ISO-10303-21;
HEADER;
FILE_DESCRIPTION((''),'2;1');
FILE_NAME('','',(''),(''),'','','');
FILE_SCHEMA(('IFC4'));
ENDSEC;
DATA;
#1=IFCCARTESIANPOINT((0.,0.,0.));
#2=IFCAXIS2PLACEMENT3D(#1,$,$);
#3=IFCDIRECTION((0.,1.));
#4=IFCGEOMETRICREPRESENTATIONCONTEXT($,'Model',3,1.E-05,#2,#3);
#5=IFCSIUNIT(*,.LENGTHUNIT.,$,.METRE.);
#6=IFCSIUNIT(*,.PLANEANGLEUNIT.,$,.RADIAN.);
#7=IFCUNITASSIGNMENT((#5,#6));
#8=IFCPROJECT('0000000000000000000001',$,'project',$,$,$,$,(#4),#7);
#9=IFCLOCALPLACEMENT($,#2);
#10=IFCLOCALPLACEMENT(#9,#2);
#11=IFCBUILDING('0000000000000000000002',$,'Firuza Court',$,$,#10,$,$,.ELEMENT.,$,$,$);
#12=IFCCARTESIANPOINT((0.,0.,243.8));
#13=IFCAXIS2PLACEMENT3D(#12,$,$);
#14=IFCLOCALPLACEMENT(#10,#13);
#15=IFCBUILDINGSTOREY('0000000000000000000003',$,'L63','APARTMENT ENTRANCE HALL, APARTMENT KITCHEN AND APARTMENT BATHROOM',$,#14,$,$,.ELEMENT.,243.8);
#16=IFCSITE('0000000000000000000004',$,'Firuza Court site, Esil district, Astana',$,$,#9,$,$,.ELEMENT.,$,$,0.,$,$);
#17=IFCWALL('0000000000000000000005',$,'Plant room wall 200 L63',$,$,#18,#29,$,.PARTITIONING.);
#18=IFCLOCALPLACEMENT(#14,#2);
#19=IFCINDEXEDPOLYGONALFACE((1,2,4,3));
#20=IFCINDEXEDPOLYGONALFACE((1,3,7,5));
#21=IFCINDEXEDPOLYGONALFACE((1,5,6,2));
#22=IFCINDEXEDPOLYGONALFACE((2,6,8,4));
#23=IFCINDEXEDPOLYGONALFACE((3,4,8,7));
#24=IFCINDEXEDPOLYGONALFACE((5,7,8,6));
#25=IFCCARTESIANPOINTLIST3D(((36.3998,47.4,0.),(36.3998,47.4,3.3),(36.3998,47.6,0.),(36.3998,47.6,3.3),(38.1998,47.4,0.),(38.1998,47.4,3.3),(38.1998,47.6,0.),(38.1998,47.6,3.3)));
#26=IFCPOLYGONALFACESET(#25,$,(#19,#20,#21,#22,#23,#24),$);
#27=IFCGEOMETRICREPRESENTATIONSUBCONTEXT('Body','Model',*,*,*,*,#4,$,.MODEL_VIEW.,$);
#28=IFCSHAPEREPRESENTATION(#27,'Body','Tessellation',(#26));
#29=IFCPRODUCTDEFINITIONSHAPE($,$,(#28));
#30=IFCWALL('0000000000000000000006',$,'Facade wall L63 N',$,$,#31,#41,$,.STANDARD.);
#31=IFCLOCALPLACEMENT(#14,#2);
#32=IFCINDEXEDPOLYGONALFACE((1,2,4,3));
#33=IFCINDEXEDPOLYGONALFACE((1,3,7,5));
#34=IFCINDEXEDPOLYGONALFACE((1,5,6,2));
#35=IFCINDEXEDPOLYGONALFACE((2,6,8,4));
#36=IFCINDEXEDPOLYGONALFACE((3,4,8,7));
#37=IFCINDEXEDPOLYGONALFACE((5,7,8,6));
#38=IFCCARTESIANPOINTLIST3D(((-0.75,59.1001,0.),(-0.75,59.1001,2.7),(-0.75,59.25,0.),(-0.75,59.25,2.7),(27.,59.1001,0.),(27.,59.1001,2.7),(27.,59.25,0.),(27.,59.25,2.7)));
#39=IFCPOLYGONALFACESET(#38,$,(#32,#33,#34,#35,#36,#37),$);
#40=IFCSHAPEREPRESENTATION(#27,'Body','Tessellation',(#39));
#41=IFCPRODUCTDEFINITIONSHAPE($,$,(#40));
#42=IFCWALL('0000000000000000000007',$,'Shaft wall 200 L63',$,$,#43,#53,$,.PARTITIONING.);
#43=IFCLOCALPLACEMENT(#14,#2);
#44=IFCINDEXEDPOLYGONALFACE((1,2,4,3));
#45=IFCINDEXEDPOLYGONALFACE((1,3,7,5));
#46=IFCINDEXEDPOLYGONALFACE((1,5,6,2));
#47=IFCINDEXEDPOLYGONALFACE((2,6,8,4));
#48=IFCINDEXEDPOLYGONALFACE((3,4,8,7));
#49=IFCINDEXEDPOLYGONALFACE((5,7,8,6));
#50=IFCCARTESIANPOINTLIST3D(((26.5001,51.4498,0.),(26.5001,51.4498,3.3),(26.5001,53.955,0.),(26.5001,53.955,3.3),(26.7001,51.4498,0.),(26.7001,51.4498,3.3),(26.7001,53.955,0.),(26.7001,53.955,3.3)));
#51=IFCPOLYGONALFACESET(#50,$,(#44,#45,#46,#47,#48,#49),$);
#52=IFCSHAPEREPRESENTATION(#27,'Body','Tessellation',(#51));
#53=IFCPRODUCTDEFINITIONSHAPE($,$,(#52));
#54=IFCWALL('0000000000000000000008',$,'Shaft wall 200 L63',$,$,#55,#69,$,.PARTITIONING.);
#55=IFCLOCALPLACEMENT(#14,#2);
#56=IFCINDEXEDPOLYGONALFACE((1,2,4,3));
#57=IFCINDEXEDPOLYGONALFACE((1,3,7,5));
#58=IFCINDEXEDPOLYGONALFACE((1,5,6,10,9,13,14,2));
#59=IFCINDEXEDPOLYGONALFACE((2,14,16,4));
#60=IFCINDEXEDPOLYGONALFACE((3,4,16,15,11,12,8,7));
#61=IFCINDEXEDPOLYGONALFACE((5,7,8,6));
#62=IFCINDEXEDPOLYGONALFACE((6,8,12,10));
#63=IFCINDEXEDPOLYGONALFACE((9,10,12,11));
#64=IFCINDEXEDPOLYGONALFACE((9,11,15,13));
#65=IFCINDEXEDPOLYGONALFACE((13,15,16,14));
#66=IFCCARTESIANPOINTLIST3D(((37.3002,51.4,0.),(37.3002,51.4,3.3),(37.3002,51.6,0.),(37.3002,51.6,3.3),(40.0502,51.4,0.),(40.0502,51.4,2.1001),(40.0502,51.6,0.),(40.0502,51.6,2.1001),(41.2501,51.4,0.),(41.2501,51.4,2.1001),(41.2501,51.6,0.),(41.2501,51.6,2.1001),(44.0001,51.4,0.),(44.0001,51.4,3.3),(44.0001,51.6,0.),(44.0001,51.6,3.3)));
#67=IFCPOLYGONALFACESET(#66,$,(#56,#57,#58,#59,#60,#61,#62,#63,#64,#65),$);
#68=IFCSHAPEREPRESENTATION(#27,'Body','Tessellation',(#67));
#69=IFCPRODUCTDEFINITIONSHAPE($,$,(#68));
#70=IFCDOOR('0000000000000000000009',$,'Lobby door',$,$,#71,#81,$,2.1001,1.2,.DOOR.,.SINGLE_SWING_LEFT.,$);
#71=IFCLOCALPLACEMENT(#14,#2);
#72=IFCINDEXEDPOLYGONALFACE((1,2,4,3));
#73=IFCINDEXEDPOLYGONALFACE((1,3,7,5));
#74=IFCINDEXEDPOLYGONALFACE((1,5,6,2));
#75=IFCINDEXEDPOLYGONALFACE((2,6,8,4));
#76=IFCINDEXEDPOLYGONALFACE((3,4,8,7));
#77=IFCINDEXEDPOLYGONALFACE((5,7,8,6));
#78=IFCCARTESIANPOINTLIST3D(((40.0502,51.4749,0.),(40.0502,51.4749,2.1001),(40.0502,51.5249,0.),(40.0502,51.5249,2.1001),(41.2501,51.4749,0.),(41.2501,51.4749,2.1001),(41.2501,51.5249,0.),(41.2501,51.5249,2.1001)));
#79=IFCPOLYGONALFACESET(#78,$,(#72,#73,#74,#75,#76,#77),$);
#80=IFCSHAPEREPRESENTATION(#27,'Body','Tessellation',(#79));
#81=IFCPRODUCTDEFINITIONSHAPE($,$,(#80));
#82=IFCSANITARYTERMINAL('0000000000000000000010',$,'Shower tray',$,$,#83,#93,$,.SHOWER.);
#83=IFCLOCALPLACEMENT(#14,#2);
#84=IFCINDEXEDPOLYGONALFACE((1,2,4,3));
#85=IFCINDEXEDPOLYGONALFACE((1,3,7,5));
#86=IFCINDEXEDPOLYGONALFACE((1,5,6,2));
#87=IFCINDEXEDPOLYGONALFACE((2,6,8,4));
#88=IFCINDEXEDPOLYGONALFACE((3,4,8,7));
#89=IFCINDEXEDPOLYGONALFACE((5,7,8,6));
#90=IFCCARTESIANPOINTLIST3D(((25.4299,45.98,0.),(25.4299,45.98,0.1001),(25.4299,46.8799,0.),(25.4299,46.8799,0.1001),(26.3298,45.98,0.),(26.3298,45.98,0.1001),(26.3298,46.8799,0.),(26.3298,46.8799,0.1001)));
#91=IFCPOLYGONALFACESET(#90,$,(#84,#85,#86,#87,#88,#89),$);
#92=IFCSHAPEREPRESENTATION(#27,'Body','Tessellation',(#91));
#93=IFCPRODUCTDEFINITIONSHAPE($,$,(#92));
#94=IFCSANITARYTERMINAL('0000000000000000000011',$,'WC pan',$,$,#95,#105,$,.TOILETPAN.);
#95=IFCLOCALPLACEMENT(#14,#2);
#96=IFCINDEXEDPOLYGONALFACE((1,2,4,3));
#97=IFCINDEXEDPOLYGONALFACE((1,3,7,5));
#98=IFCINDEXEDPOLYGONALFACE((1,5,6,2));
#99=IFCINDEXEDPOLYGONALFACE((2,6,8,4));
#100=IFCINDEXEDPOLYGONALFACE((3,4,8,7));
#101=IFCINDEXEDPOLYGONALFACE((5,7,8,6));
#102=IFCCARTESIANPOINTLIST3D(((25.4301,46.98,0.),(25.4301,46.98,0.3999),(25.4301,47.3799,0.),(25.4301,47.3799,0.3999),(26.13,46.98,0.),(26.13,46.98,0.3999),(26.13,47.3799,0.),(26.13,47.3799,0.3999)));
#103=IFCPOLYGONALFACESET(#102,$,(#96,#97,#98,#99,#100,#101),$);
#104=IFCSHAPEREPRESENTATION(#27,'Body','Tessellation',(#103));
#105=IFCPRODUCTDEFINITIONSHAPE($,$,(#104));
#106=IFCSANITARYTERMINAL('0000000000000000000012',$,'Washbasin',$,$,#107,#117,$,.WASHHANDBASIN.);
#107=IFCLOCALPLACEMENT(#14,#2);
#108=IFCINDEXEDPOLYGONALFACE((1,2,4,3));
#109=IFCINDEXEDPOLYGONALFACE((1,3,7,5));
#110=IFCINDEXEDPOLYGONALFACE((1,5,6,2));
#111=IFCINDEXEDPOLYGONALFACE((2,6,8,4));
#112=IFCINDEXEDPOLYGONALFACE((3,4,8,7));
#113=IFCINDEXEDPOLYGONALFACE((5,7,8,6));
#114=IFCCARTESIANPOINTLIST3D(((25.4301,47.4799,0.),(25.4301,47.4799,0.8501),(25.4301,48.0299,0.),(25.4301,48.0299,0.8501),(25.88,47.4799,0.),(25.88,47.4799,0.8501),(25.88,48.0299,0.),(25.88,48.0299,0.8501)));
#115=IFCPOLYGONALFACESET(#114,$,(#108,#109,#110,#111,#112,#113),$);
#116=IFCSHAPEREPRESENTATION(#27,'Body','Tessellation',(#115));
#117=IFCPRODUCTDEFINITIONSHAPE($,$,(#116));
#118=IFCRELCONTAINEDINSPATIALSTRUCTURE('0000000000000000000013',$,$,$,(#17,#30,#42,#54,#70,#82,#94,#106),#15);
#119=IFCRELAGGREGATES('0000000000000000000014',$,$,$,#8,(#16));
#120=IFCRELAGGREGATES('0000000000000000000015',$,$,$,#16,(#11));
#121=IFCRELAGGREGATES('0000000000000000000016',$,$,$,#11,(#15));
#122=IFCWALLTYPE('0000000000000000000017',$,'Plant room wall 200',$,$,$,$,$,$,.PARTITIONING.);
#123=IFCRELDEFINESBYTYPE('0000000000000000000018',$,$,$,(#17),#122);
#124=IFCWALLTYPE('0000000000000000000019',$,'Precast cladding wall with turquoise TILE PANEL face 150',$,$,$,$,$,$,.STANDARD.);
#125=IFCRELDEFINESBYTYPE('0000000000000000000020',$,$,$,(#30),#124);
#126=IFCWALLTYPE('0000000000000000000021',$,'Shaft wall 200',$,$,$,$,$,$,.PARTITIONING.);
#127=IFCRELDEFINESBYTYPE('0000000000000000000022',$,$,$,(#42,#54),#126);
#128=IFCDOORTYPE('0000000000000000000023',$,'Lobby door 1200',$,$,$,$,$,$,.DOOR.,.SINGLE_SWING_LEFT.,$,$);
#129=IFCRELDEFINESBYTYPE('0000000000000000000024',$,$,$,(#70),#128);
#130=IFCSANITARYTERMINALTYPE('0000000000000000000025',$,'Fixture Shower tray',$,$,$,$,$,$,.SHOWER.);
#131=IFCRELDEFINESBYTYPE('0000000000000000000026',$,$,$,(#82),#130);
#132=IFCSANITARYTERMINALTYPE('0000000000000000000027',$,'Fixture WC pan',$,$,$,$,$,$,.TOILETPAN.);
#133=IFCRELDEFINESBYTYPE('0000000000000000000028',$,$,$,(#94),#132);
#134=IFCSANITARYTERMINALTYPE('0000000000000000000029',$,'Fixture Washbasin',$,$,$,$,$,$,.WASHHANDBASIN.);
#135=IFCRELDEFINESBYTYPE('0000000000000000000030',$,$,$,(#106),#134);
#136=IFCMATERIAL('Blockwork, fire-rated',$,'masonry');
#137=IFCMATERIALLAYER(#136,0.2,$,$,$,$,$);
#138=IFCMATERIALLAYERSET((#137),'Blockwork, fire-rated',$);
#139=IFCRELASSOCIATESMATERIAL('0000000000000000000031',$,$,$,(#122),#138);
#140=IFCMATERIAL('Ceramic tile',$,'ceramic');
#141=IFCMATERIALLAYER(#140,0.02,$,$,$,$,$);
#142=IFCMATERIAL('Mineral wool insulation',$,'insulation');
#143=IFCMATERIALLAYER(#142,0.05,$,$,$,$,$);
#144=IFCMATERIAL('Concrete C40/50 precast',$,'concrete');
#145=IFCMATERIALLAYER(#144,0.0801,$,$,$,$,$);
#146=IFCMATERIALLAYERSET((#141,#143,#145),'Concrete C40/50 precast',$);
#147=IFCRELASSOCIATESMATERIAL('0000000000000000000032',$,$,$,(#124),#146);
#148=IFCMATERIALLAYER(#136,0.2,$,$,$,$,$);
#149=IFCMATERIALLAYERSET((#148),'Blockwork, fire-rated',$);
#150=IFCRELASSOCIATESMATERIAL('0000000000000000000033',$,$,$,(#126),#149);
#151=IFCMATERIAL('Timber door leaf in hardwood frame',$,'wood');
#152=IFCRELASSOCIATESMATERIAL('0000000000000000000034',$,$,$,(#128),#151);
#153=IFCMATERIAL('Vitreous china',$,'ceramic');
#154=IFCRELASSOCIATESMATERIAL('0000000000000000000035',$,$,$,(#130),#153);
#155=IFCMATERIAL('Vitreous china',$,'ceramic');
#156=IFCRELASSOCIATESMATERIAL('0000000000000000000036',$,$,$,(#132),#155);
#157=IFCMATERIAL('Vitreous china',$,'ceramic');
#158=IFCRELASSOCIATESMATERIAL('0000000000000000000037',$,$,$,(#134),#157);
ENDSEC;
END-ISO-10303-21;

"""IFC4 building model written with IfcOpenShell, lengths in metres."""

from ifc_helpers import new_model, si_unit, direction, frame, frame_2d, origin, origin_2d, place, context, subcontext, project, spatial, rectangle, extrude, material, layer, layer_set, type_object, element, fill, save


model = new_model("IFC4")

# Units and contexts
model_context = context("Model", 3, precision=1e-05, world=origin(), true_north=direction((0.0, 1.0)))
body_context = subcontext(model_context, "Body", "Model", "MODEL_VIEW")
ifc_project = project(units=[si_unit("LENGTHUNIT", "METRE"), si_unit("PLANEANGLEUNIT", "RADIAN")], contexts=[model_context])

# Site, building, storey
site_placement = place(None, origin())
site = spatial("IfcSite", under=ifc_project, at=site_placement, Name="Firuza Court site, Esil district, Astana", CompositionType="ELEMENT", RefElevation=0.0)
building_placement = place(site_placement, origin())
building = spatial("IfcBuilding", under=site, at=building_placement, Name="Firuza Court", CompositionType="ELEMENT")
storey_placement = place(building_placement, frame((0.0, 0.0, 243.8)))
storey = spatial("IfcBuildingStorey", under=building, at=storey_placement, Name="L63", Description="APARTMENT ENTRANCE HALL, APARTMENT KITCHEN AND APARTMENT BATHROOM", CompositionType="ELEMENT", Elevation=243.8)

# Walls
ifc_material_1 = material(Name="Blockwork, fire-rated", Category="masonry")
ifc_layer_1 = layer(ifc_material_1, 0.2)
ifc_layer_set_1 = layer_set([ifc_layer_1], Name="Blockwork, fire-rated")
wall_type_1 = type_object("IfcWallType", Name="Plant room wall 200", PredefinedType="PARTITIONING", material=ifc_layer_set_1)
wall_1_placement = place(storey_placement, frame((36.3999, 47.5, 0.0), z_axis=(0.0, 0.0, 1.0), x_axis=(1.0, 0.0, 0.0)))
element("IfcWall", 1, at=wall_1_placement, inside=storey, type_object=wall_type_1, Name="Plant room wall 200 L63", PredefinedType="PARTITIONING", context=body_context, shape_type="SweptSolid", body=[
    extrude(rectangle(XDim=1.8, YDim=0.2, at=frame_2d((0.8999, 0.0))), origin(), (0.0, 0.0, 1.0), 3.3),
])
ifc_material_2 = material(Name="Ceramic tile", Category="ceramic")
ifc_layer_2 = layer(ifc_material_2, 0.02)
ifc_material_3 = material(Name="Mineral wool insulation", Category="insulation")
ifc_layer_3 = layer(ifc_material_3, 0.05)
ifc_material_4 = material(Name="Concrete C40/50 precast", Category="concrete")
ifc_layer_4 = layer(ifc_material_4, 0.0801)
ifc_layer_set_2 = layer_set([ifc_layer_2, ifc_layer_3, ifc_layer_4], Name="Concrete C40/50 precast")
wall_type_2 = type_object("IfcWallType", Name="Precast cladding wall with turquoise TILE PANEL face 150", PredefinedType="STANDARD", material=ifc_layer_set_2)
wall_2_placement = place(storey_placement, frame((27.0, 59.175, 0.0), z_axis=(0.0, 0.0, 1.0), x_axis=(-1.0, 0.0, 0.0)))
element("IfcWall", 2, at=wall_2_placement, inside=storey, type_object=wall_type_2, Name="Facade wall L63 N", PredefinedType="STANDARD", context=body_context, shape_type="SweptSolid", body=[
    extrude(rectangle(XDim=27.75, YDim=0.1499, at=frame_2d((13.875, 0.0))), origin(), (0.0, 0.0, 1.0), 2.7),
])
ifc_layer_5 = layer(ifc_material_1, 0.2)
ifc_layer_set_3 = layer_set([ifc_layer_5], Name="Blockwork, fire-rated")
wall_type_3 = type_object("IfcWallType", Name="Shaft wall 200", PredefinedType="PARTITIONING", material=ifc_layer_set_3)
wall_3_placement = place(storey_placement, frame((26.6001, 51.45, 0.0), z_axis=(0.0, 0.0, 1.0), x_axis=(0.0, 1.0, 0.0)))
element("IfcWall", 3, at=wall_3_placement, inside=storey, type_object=wall_type_3, Name="Shaft wall 200 L63", PredefinedType="PARTITIONING", context=body_context, shape_type="SweptSolid", body=[
    extrude(rectangle(XDim=2.5051, YDim=0.2, at=frame_2d((1.2524, 0.0))), origin(), (0.0, 0.0, 1.0), 3.3),
])

# Wall, opening, door
wall_4_placement = place(storey_placement, frame((37.3, 51.5, 0.0), z_axis=(0.0, 0.0, 1.0), x_axis=(1.0, 0.0, 0.0)))
wall_4 = element("IfcWall", 4, at=wall_4_placement, inside=storey, type_object=wall_type_3, Name="Shaft wall 200 L63", PredefinedType="PARTITIONING", context=body_context, shape_type="SweptSolid", body=[
    extrude(rectangle(XDim=6.7, YDim=0.2, at=frame_2d((3.3501, 0.0))), origin(), (0.0, 0.0, 1.0), 3.3),
])
opening_1_placement = place(wall_4_placement, frame((2.75, 0.0, 0.0)))
opening_1 = element("IfcOpeningElement", 5, at=opening_1_placement, cuts=wall_4, PredefinedType="OPENING", context=body_context, shape_type="SweptSolid", body=[
    extrude(rectangle(XDim=1.2, YDim=2.1001, at=frame_2d((0.6001, 1.05))), frame((0.0, 0.1118, 0.0), z_axis=(0.0, -1.0, 0.0), x_axis=(1.0, 0.0, 0.0)), (0.0, 0.0, 1.0), 0.2239),
])
ifc_material_5 = material(Name="Timber door leaf in hardwood frame", Category="wood")
door_type_1 = type_object("IfcDoorType", Name="Lobby door 1200", OperationType="SINGLE_SWING_LEFT", PredefinedType="DOOR", material=ifc_material_5)
door_1_placement = place(opening_1_placement, origin())
door_1 = element("IfcDoor", 6, at=door_1_placement, inside=storey, type_object=door_type_1, Name="Lobby door", OperationType="SINGLE_SWING_LEFT", OverallHeight=2.1001, OverallWidth=1.2, PredefinedType="DOOR", context=body_context, shape_type="SweptSolid", body=[
    extrude(rectangle(XDim=1.2, YDim=2.1001, at=frame_2d((0.6001, 1.05))), frame((0.0, 0.0249, 0.0), z_axis=(0.0, -1.0, 0.0), x_axis=(1.0, 0.0, 0.0)), (0.0, 0.0, 1.0), 0.05),
])
fill(opening_1, door_1)

# Sanitary terminals
ifc_material_6 = material(Name="Vitreous china", Category="ceramic")
sanitary_terminal_type_1 = type_object("IfcSanitaryTerminalType", Name="Fixture Shower tray", PredefinedType="SHOWER", material=ifc_material_6)
sanitary_terminal_1_placement = place(storey_placement, frame((25.8799, 46.4299, 0.0), z_axis=(0.0, 0.0, 1.0), x_axis=(1.0, 0.0, 0.0)))
element("IfcSanitaryTerminal", 7, at=sanitary_terminal_1_placement, inside=storey, type_object=sanitary_terminal_type_1, Name="Shower tray", PredefinedType="SHOWER", context=body_context, shape_type="SweptSolid", body=[
    extrude(rectangle(XDim=0.8999, YDim=0.8999, at=origin_2d()), origin(), (0.0, 0.0, 1.0), 0.1001),
])
ifc_material_7 = material(Name="Vitreous china", Category="ceramic")
sanitary_terminal_type_2 = type_object("IfcSanitaryTerminalType", Name="Fixture WC pan", PredefinedType="TOILETPAN", material=ifc_material_7)
sanitary_terminal_2_placement = place(storey_placement, frame((25.78, 47.1799, 0.0), z_axis=(0.0, 0.0, 1.0), x_axis=(1.0, 0.0, 0.0)))
element("IfcSanitaryTerminal", 8, at=sanitary_terminal_2_placement, inside=storey, type_object=sanitary_terminal_type_2, Name="WC pan", PredefinedType="TOILETPAN", context=body_context, shape_type="SweptSolid", body=[
    extrude(rectangle(XDim=0.7, YDim=0.3999, at=origin_2d()), origin(), (0.0, 0.0, 1.0), 0.3999),
])
ifc_material_8 = material(Name="Vitreous china", Category="ceramic")
sanitary_terminal_type_3 = type_object("IfcSanitaryTerminalType", Name="Fixture Washbasin", PredefinedType="WASHHANDBASIN", material=ifc_material_8)
sanitary_terminal_3_placement = place(storey_placement, frame((25.655, 47.7549, 0.0), z_axis=(0.0, 0.0, 1.0), x_axis=(1.0, 0.0, 0.0)))
element("IfcSanitaryTerminal", 9, at=sanitary_terminal_3_placement, inside=storey, type_object=sanitary_terminal_type_3, Name="Washbasin", PredefinedType="WASHHANDBASIN", context=body_context, shape_type="SweptSolid", body=[
    extrude(rectangle(XDim=0.45, YDim=0.55, at=origin_2d()), origin(), (0.0, 0.0, 1.0), 0.8501),
])

save(model, "model.ifc")
